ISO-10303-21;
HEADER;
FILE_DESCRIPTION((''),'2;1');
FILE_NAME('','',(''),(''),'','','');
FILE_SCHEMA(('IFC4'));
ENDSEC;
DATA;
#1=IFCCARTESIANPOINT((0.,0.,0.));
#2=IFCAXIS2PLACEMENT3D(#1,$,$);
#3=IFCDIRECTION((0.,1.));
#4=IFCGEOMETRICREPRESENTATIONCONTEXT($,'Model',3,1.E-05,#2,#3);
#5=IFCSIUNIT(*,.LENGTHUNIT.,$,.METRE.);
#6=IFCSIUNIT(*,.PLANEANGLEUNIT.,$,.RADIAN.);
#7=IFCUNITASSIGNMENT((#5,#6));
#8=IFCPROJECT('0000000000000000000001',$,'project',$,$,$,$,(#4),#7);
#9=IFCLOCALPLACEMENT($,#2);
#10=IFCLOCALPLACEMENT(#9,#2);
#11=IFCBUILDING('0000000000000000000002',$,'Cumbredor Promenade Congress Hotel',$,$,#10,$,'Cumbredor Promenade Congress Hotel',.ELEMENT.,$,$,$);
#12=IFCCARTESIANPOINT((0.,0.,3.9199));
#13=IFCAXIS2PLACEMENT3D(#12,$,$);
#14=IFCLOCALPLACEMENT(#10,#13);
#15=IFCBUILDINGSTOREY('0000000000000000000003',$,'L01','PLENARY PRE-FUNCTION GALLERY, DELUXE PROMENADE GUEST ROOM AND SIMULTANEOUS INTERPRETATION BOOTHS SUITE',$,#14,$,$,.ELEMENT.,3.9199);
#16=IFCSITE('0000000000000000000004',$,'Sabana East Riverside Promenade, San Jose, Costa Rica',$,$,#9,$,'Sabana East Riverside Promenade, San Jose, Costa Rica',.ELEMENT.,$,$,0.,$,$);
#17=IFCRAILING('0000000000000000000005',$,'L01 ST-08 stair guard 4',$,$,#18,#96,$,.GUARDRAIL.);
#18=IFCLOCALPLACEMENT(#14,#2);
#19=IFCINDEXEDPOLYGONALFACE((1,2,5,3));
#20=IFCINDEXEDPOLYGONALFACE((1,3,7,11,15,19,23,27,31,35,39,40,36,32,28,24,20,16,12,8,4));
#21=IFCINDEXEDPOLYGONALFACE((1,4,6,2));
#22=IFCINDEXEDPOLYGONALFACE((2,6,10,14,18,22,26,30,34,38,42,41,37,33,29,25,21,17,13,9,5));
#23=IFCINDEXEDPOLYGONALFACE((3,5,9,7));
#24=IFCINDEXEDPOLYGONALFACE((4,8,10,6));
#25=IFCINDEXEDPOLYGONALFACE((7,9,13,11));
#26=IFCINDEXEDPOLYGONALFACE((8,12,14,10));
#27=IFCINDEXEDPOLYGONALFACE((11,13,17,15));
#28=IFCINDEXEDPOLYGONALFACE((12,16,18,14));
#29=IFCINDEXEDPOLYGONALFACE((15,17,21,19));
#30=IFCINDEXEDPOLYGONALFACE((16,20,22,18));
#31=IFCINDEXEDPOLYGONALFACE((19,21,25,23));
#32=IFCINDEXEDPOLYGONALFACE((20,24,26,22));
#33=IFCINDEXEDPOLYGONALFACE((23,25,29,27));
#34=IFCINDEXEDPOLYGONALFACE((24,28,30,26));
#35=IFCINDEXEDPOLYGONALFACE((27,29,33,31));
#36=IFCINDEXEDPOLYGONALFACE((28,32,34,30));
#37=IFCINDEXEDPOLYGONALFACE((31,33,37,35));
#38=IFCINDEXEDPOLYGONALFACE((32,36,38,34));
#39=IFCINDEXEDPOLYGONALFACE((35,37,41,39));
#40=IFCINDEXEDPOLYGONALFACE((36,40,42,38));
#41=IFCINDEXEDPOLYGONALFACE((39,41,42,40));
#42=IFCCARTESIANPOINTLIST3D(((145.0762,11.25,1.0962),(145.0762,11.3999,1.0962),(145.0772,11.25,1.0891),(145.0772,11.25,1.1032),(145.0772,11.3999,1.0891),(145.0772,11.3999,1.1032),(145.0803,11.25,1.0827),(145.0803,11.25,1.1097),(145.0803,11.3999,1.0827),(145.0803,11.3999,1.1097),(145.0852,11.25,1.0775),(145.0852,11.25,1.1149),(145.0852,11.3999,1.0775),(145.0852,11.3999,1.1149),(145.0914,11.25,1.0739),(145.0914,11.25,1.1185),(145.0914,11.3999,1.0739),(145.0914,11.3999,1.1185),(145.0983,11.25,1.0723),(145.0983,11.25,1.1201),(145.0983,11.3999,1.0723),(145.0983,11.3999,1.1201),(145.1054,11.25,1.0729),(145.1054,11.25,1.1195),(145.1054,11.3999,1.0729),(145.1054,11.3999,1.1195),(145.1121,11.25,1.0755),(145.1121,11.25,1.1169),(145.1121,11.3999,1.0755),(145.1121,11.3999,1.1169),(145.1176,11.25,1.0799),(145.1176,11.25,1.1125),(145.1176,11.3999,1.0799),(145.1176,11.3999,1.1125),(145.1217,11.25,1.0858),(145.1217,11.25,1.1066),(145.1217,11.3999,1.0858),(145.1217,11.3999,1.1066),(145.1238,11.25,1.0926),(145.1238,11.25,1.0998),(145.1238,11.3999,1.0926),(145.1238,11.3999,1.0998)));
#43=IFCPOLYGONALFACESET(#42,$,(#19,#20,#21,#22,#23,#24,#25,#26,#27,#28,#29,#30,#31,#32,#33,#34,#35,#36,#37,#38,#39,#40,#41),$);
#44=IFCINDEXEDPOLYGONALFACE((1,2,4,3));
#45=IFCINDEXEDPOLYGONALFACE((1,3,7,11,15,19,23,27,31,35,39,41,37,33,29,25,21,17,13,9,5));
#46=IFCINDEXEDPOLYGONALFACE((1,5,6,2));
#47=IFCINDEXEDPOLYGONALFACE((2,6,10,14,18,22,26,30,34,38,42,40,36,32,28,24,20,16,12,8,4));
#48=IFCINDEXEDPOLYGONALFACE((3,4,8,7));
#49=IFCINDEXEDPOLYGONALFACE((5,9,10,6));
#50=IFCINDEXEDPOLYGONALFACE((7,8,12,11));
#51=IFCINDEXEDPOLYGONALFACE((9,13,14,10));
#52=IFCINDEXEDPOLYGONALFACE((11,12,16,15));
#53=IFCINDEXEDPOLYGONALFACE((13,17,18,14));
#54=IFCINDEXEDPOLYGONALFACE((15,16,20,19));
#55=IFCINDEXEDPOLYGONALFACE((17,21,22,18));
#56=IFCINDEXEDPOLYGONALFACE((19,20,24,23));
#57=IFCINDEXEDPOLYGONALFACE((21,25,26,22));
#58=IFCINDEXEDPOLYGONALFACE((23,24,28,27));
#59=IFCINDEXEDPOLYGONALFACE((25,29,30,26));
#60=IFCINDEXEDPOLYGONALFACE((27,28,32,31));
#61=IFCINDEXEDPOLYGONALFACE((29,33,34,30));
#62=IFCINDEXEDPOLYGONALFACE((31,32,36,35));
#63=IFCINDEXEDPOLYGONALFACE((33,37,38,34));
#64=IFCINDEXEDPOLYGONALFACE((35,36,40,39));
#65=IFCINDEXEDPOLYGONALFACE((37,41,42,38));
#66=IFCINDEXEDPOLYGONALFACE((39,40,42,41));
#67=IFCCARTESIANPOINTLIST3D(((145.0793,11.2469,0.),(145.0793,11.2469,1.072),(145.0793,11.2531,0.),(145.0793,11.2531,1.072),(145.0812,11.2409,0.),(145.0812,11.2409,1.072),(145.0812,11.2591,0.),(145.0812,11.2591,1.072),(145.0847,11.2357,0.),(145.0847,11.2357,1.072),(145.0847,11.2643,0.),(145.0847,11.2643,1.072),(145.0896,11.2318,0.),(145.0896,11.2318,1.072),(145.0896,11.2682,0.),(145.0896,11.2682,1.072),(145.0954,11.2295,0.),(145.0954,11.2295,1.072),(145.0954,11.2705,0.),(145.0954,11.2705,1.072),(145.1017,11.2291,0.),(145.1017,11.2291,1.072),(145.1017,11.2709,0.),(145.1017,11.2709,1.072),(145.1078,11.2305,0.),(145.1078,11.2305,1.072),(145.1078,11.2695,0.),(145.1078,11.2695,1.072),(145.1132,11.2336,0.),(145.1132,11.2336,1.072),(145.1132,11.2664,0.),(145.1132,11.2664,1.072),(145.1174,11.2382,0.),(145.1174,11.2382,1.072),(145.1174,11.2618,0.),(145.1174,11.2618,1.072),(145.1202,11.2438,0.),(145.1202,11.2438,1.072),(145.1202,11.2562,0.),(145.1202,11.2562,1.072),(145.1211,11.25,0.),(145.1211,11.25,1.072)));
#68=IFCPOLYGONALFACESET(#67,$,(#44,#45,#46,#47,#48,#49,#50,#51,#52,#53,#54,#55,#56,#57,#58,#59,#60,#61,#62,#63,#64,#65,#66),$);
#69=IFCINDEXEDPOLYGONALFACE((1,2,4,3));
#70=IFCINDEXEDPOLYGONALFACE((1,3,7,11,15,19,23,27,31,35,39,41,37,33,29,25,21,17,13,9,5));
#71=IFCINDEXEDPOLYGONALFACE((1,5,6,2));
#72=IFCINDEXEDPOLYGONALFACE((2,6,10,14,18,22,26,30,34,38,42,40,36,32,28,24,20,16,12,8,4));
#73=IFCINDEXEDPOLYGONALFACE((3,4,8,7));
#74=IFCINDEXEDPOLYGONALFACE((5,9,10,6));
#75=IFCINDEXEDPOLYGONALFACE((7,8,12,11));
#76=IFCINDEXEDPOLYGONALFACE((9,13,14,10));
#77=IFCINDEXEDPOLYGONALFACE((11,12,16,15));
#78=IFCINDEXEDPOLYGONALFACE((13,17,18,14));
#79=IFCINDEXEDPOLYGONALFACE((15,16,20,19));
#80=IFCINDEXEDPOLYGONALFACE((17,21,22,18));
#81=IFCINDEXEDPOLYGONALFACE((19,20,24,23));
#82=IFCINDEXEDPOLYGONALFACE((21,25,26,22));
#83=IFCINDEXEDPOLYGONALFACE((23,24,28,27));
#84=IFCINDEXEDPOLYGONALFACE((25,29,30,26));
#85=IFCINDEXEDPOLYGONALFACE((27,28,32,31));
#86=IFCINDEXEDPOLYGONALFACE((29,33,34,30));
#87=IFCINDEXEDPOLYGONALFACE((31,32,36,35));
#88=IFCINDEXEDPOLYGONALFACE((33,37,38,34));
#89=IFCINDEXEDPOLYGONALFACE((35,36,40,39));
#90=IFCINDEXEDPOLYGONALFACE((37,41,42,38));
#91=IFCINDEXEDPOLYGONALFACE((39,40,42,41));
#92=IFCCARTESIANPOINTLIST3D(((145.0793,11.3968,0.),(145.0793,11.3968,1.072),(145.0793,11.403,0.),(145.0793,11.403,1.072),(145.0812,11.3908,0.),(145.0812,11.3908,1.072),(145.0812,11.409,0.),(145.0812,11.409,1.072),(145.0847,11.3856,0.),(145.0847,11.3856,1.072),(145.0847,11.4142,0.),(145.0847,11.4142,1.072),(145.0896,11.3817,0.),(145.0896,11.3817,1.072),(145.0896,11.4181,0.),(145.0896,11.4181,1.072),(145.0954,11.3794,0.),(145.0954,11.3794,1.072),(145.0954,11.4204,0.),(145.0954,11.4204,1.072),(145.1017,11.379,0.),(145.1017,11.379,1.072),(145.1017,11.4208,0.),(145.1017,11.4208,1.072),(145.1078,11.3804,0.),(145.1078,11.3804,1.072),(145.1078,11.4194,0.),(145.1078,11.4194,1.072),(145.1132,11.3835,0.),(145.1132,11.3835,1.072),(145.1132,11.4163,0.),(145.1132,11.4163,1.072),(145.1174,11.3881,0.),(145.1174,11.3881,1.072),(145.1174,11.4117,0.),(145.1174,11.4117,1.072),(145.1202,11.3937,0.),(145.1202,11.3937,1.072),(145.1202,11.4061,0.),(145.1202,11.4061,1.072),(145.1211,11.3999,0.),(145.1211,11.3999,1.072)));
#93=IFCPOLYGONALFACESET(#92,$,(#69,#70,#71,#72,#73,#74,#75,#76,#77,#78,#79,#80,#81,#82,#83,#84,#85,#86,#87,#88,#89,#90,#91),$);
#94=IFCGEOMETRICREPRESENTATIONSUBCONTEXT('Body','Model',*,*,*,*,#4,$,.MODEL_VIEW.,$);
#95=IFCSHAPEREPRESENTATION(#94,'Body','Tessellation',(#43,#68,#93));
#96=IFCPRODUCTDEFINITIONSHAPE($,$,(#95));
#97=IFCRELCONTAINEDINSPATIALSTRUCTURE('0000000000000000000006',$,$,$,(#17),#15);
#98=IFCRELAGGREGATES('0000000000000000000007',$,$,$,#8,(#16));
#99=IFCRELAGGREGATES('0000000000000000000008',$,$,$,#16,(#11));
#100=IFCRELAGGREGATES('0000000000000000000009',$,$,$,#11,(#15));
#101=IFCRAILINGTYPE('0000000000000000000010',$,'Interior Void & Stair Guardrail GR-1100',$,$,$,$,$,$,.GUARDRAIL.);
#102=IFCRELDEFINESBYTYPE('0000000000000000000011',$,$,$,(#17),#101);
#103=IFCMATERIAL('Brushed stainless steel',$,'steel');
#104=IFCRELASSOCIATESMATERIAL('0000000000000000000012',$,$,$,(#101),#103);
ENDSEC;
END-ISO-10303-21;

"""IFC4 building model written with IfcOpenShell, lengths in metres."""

from ifc_helpers import new_model, si_unit, direction, frame, origin, origin_2d, place, context, subcontext, project, spatial, circle, extrude, material, type_object, element, save


model = new_model("IFC4")

# Units and contexts
model_context = context("Model", 3, precision=1e-05, world=origin(), true_north=direction((0.0, 1.0)))
body_context = subcontext(model_context, "Body", "Model", "MODEL_VIEW")
ifc_project = project(units=[si_unit("LENGTHUNIT", "METRE"), si_unit("PLANEANGLEUNIT", "RADIAN")], contexts=[model_context])

# Site, building, storey
site_placement = place(None, origin())
site = spatial("IfcSite", under=ifc_project, at=site_placement, Name="Sabana East Riverside Promenade, San Jose, Costa Rica", LongName="Sabana East Riverside Promenade, San Jose, Costa Rica", CompositionType="ELEMENT", RefElevation=0.0)
building_placement = place(site_placement, origin())
building = spatial("IfcBuilding", under=site, at=building_placement, Name="Cumbredor Promenade Congress Hotel", LongName="Cumbredor Promenade Congress Hotel", CompositionType="ELEMENT")
storey_placement = place(building_placement, frame((0.0, 0.0, 3.9199)))
storey = spatial("IfcBuildingStorey", under=building, at=storey_placement, Name="L01", Description="PLENARY PRE-FUNCTION GALLERY, DELUXE PROMENADE GUEST ROOM AND SIMULTANEOUS INTERPRETATION BOOTHS SUITE", CompositionType="ELEMENT", Elevation=3.9199)

# Shared definitions
ifc_material_1 = material(Name="Brushed stainless steel", Category="steel")

# Railing
railing_type_1 = type_object("IfcRailingType", Name="Interior Void & Stair Guardrail GR-1100", PredefinedType="GUARDRAIL", material=ifc_material_1)
railing_1_placement = place(storey_placement, frame((145.1001, 11.25, 0.0)))
element("IfcRailing", 1, at=railing_1_placement, inside=storey, type_object=railing_type_1, Name="L01 ST-08 stair guard 4", PredefinedType="GUARDRAIL", context=body_context, shape_type="SweptSolid", body=[
    extrude(circle(Radius=0.0239, at=origin_2d()), frame((0.0, 0.0, 1.0962), z_axis=(0.0, 1.0, 0.0), x_axis=(-1.0, 0.0, 0.0)), (0.0, 0.0, 1.0), 0.1499),
    extrude(circle(Radius=0.021, at=origin_2d()), origin(), (0.0, 0.0, 1.0), 1.072),
    extrude(circle(Radius=0.021, at=origin_2d()), frame((0.0, 0.1499, 0.0)), (0.0, 0.0, 1.0), 1.072),
])

save(model, "model.ifc")
